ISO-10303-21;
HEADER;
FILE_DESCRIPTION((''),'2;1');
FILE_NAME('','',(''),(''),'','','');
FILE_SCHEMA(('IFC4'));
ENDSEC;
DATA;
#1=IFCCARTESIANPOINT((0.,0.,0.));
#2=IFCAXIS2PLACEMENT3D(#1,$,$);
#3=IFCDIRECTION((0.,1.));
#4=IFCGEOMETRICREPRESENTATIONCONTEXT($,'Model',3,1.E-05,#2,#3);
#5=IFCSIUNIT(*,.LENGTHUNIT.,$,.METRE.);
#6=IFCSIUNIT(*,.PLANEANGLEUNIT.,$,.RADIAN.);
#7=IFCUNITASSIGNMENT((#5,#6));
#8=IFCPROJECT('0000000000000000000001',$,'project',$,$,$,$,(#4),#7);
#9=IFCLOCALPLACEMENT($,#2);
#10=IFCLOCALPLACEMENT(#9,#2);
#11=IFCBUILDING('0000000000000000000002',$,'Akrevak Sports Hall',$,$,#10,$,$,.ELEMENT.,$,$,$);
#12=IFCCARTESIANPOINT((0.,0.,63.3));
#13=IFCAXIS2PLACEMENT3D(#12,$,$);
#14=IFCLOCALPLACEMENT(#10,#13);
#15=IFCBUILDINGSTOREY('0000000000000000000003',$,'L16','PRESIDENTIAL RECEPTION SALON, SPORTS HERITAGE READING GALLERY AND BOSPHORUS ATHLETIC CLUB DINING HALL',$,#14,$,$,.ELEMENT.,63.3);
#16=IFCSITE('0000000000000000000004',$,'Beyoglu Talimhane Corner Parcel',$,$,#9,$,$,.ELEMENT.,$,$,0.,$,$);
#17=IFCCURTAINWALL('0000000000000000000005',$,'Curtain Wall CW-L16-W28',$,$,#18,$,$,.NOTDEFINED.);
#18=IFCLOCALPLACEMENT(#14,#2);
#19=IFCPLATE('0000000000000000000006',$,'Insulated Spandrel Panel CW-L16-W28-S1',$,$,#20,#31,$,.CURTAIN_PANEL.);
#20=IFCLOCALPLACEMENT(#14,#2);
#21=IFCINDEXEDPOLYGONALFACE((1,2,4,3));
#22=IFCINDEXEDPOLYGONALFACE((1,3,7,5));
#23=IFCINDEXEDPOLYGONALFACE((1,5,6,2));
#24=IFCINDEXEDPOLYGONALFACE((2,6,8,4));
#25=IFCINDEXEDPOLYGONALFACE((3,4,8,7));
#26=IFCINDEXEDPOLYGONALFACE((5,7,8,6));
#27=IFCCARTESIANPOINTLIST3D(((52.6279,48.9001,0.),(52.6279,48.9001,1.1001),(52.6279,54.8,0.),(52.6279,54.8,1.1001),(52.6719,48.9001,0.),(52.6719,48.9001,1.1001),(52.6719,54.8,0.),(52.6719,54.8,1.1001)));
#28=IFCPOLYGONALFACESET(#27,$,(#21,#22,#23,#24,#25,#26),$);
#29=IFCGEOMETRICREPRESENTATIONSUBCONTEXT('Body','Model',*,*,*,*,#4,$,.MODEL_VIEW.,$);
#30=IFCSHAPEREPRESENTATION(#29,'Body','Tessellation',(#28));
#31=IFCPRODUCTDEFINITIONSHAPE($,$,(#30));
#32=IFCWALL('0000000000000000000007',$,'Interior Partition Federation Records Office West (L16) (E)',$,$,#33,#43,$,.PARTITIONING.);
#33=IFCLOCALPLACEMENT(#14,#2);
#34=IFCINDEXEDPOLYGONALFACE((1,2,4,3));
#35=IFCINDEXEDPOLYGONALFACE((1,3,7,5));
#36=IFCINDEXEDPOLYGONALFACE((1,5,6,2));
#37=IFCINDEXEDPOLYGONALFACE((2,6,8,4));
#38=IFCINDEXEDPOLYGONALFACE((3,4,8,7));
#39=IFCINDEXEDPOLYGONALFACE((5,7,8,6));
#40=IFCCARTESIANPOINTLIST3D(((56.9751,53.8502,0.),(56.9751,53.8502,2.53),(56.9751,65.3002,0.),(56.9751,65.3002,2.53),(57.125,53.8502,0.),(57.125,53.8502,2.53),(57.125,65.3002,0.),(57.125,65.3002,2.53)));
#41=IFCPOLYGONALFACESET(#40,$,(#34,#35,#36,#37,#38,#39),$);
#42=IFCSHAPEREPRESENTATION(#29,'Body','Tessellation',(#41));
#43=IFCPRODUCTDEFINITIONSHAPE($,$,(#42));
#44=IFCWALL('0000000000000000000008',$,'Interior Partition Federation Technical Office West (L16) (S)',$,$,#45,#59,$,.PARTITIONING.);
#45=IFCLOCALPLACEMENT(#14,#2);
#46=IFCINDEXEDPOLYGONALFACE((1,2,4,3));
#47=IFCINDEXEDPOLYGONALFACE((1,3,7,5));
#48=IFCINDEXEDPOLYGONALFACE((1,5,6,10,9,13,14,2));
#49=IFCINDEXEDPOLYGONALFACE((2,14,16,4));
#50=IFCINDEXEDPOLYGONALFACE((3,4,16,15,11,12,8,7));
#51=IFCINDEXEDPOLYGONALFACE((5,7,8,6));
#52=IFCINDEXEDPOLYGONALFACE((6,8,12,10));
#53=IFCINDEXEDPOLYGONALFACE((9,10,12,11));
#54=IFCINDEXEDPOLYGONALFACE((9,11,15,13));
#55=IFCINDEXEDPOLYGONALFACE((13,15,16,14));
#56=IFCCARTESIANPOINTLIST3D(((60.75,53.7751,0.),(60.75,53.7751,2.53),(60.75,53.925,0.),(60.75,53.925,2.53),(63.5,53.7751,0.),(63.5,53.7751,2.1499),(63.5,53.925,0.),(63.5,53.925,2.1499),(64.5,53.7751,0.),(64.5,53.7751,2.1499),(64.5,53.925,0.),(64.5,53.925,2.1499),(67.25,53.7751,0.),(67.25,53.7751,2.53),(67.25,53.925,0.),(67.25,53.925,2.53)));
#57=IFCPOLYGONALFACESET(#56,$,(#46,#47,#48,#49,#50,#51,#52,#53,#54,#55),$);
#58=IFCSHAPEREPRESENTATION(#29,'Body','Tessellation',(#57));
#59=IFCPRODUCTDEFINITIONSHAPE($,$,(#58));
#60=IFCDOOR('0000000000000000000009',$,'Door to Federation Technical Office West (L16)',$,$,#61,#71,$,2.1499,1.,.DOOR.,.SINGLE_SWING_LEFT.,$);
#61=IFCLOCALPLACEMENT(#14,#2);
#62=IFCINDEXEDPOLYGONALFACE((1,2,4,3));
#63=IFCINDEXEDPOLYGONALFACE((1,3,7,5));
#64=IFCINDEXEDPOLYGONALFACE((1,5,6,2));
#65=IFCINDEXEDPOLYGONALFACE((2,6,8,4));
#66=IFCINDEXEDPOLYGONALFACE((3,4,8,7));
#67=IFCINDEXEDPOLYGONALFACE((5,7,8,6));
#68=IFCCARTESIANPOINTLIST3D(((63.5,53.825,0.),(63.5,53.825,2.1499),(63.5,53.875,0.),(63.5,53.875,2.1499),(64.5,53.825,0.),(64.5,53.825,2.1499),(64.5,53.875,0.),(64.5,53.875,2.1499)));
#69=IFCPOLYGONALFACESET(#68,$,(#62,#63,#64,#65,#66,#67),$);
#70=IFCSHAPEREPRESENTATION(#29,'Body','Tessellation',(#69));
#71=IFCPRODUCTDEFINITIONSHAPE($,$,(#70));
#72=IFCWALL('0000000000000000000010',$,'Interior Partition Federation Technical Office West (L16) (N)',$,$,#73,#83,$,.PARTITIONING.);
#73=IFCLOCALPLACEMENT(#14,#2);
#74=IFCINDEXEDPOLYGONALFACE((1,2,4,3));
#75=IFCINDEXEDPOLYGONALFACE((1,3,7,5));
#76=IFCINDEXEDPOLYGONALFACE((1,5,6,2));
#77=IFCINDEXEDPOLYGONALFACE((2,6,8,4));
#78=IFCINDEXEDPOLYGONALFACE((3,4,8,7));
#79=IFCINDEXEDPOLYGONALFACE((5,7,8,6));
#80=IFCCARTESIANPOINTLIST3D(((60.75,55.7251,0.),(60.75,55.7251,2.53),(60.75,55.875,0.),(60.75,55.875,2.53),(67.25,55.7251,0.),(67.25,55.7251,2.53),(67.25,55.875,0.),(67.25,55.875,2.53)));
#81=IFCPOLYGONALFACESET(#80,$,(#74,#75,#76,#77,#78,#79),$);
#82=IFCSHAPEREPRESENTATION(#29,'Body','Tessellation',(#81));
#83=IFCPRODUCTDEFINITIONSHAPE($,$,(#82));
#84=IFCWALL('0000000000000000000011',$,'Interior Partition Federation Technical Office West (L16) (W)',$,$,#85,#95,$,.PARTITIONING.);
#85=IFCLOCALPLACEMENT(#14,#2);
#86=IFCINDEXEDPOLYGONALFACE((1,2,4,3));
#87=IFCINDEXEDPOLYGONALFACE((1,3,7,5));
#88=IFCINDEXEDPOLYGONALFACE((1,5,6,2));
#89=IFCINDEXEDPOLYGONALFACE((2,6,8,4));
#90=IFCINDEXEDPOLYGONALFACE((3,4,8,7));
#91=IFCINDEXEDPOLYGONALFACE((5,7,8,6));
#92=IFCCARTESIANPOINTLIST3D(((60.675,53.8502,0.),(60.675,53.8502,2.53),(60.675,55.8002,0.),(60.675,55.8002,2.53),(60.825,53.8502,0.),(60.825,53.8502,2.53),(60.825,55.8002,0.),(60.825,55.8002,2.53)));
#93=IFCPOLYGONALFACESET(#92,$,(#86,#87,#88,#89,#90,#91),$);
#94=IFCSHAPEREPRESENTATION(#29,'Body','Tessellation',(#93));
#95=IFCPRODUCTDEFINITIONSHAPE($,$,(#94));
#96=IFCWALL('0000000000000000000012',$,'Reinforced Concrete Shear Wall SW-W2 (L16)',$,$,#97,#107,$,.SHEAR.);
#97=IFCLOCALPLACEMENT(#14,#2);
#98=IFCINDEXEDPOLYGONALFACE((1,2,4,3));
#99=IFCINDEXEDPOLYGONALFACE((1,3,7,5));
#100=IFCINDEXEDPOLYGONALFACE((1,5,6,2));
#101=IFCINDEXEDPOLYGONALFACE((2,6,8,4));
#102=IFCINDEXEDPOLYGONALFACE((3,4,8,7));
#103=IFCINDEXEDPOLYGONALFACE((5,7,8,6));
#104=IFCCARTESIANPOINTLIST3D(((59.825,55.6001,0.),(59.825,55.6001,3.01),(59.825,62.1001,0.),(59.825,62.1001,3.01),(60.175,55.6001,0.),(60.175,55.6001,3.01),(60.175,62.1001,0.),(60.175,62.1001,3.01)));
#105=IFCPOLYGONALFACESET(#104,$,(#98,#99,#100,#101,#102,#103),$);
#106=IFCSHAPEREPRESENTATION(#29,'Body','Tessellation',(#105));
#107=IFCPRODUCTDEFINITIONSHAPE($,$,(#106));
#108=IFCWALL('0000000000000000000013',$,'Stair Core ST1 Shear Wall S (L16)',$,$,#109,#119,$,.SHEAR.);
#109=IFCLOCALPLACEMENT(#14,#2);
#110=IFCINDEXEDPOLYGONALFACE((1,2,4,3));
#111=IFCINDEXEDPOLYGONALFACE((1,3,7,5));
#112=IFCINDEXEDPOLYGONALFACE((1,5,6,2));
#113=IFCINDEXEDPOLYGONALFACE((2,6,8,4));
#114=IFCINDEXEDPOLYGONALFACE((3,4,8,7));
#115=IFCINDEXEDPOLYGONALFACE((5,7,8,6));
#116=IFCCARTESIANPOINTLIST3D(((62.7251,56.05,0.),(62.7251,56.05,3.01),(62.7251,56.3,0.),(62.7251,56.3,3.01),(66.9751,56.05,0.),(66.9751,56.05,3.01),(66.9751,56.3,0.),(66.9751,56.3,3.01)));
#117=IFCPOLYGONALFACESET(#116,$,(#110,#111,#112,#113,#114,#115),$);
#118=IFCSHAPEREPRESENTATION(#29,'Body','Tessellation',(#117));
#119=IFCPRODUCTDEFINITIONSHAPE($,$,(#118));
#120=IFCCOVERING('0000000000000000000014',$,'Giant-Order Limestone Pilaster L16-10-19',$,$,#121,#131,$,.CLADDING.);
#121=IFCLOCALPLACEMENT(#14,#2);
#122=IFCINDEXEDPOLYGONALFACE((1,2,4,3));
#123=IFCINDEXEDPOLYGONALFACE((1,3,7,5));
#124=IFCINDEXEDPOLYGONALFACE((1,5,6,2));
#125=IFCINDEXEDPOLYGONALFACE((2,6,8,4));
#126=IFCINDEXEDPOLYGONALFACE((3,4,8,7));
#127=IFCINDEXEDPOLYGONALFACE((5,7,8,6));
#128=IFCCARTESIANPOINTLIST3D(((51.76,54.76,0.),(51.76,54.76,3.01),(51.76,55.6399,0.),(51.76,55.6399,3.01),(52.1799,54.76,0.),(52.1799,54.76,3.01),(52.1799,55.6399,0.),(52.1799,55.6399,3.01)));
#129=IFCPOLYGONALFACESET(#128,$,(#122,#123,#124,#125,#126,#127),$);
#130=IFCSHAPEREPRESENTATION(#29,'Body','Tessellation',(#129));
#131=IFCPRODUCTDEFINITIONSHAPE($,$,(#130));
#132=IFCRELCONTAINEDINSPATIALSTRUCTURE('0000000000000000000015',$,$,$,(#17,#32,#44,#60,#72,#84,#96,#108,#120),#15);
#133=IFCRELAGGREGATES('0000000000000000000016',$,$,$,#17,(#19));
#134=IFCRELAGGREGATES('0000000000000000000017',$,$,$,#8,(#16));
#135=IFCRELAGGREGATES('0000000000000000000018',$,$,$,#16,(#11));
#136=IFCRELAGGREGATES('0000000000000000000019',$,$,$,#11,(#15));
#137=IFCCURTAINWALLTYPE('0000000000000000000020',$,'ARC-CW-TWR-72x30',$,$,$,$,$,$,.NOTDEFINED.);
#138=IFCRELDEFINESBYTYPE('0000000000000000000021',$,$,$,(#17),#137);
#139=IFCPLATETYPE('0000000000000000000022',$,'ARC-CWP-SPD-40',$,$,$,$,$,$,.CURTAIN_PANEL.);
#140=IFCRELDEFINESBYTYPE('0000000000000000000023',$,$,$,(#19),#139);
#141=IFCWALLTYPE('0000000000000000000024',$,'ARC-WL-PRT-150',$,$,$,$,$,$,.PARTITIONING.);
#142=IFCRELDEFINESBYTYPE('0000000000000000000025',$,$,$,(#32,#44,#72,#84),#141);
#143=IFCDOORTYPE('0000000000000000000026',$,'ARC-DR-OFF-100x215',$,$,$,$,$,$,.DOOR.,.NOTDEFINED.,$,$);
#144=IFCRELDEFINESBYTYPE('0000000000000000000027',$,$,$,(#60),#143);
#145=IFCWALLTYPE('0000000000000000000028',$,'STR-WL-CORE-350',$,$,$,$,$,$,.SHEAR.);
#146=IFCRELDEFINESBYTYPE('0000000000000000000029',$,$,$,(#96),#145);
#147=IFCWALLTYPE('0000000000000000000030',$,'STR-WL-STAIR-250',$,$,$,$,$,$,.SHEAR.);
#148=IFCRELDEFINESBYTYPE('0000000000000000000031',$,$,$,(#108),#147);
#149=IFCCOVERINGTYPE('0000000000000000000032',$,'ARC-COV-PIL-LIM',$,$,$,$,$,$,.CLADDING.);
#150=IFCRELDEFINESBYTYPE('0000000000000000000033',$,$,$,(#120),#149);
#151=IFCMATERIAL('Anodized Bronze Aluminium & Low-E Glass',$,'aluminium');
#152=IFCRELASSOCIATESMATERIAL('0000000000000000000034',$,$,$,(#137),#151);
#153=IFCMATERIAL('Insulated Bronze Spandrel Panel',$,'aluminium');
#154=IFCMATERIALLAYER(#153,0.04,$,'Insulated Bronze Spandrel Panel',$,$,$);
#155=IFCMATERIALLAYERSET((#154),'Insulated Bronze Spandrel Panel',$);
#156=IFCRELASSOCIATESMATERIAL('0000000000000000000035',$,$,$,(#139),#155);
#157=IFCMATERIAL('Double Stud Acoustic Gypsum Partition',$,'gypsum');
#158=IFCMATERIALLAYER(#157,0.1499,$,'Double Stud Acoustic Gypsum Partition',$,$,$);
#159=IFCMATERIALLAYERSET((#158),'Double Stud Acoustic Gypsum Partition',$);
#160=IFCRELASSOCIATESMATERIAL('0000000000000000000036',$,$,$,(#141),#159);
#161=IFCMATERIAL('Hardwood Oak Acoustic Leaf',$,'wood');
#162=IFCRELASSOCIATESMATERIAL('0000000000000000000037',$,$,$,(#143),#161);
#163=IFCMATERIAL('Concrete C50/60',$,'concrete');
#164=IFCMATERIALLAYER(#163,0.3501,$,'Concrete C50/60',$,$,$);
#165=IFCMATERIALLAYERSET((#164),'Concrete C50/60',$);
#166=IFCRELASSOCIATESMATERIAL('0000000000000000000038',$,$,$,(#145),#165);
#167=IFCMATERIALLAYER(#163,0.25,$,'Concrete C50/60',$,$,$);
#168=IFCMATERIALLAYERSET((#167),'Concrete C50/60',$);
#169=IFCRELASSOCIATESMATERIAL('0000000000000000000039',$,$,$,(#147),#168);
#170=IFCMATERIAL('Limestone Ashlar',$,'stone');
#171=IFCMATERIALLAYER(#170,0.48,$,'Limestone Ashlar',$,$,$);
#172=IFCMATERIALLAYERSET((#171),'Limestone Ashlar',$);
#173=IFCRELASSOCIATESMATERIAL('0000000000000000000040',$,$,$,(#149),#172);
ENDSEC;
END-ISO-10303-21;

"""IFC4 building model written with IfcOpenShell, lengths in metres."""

from ifc_helpers import new_model, si_unit, direction, frame, frame_2d, origin, origin_2d, place, context, subcontext, project, spatial, rectangle, extrude, material, layer, layer_set, type_object, element, fill, aggregate, save


model = new_model("IFC4")

# Units and contexts
model_context = context("Model", 3, precision=1e-05, world=origin(), true_north=direction((0.0, 1.0)))
body_context = subcontext(model_context, "Body", "Model", "MODEL_VIEW")
ifc_project = project(units=[si_unit("LENGTHUNIT", "METRE"), si_unit("PLANEANGLEUNIT", "RADIAN")], contexts=[model_context])

# Site, building, storey
site_placement = place(None, origin())
site = spatial("IfcSite", under=ifc_project, at=site_placement, Name="Beyoglu Talimhane Corner Parcel", CompositionType="ELEMENT", RefElevation=0.0)
building_placement = place(site_placement, origin())
building = spatial("IfcBuilding", under=site, at=building_placement, Name="Akrevak Sports Hall", CompositionType="ELEMENT")
storey_placement = place(building_placement, frame((0.0, 0.0, 63.3)))
storey = spatial("IfcBuildingStorey", under=building, at=storey_placement, Name="L16", Description="PRESIDENTIAL RECEPTION SALON, SPORTS HERITAGE READING GALLERY AND BOSPHORUS ATHLETIC CLUB DINING HALL", CompositionType="ELEMENT", Elevation=63.3)

# Curtain wall
ifc_material_1 = material(Name="Anodized Bronze Aluminium & Low-E Glass", Category="aluminium")
curtain_wall_type = type_object("IfcCurtainWallType", Name="ARC-CW-TWR-72x30", PredefinedType="NOTDEFINED", material=ifc_material_1)
curtain_wall_placement = place(storey_placement, origin())
curtain_wall = element("IfcCurtainWall", 1, at=curtain_wall_placement, inside=storey, type_object=curtain_wall_type, Name="Curtain Wall CW-L16-W28", PredefinedType="NOTDEFINED")

# Plate
ifc_material_2 = material(Name="Insulated Bronze Spandrel Panel", Category="aluminium")
ifc_layer_1 = layer(ifc_material_2, 0.04, Name="Insulated Bronze Spandrel Panel")
ifc_layer_set_1 = layer_set([ifc_layer_1], Name="Insulated Bronze Spandrel Panel")
plate_type_1 = type_object("IfcPlateType", Name="ARC-CWP-SPD-40", PredefinedType="CURTAIN_PANEL", material=ifc_layer_set_1)
plate_1_placement = place(storey_placement, frame((52.6499, 51.8501, 0.0), z_axis=(0.0, 0.0, 1.0), x_axis=(0.0, -1.0, 0.0)))
plate_1 = element("IfcPlate", 2, at=plate_1_placement, type_object=plate_type_1, Name="Insulated Spandrel Panel CW-L16-W28-S1", PredefinedType="CURTAIN_PANEL", context=body_context, shape_type="SweptSolid", body=[
    extrude(rectangle(XDim=5.8999, YDim=0.0439, at=origin_2d()), origin(), (0.0, 0.0, 1.0), 1.1001),
])
aggregate(curtain_wall, [plate_1])

# Shared definitions
ifc_material_3 = material(Name="Double Stud Acoustic Gypsum Partition", Category="gypsum")
ifc_layer_2 = layer(ifc_material_3, 0.1499, Name="Double Stud Acoustic Gypsum Partition")
ifc_layer_set_2 = layer_set([ifc_layer_2], Name="Double Stud Acoustic Gypsum Partition")
wall_type_1 = type_object("IfcWallType", Name="ARC-WL-PRT-150", PredefinedType="PARTITIONING", material=ifc_layer_set_2)
ifc_material_4 = material(Name="Hardwood Oak Acoustic Leaf", Category="wood")
door_type = type_object("IfcDoorType", Name="ARC-DR-OFF-100x215", OperationType="NOTDEFINED", PredefinedType="DOOR", material=ifc_material_4)

# Wall
wall_1_placement = place(storey_placement, frame((57.05, 53.8501, 0.0), z_axis=(0.0, 0.0, 1.0), x_axis=(0.0, 1.0, 0.0)))
element("IfcWall", 3, at=wall_1_placement, inside=storey, type_object=wall_type_1, Name="Interior Partition Federation Records Office West (L16) (E)", PredefinedType="PARTITIONING", context=body_context, shape_type="SweptSolid", body=[
    extrude(rectangle(XDim=11.45, YDim=0.1499, at=frame_2d((5.7251, 0.0))), origin(), (0.0, 0.0, 1.0), 2.53),
])

# Wall, opening, door
wall_2_placement = place(storey_placement, frame((60.75, 53.8501, 0.0), z_axis=(0.0, 0.0, 1.0), x_axis=(1.0, 0.0, 0.0)))
wall_2 = element("IfcWall", 4, at=wall_2_placement, inside=storey, type_object=wall_type_1, Name="Interior Partition Federation Technical Office West (L16) (S)", PredefinedType="PARTITIONING", context=body_context, shape_type="SweptSolid", body=[
    extrude(rectangle(XDim=6.5, YDim=0.1499, at=frame_2d((3.25, 0.0))), origin(), (0.0, 0.0, 1.0), 2.53),
])
opening_1_placement = place(wall_2_placement, frame((2.75, 0.0, 0.0)))
opening_1 = element("IfcOpeningElement", 5, at=opening_1_placement, cuts=wall_2, PredefinedType="OPENING", context=body_context, shape_type="SweptSolid", body=[
    extrude(rectangle(XDim=1.0, YDim=2.1499, at=frame_2d((0.5, 1.075))), frame((0.0, 0.0869, 0.0), z_axis=(0.0, -1.0, 0.0), x_axis=(1.0, 0.0, 0.0)), (0.0, 0.0, 1.0), 0.1738),
])
door_1_placement = place(opening_1_placement, origin())
door_1 = element("IfcDoor", 6, at=door_1_placement, inside=storey, type_object=door_type, Name="Door to Federation Technical Office West (L16)", OperationType="SINGLE_SWING_LEFT", OverallHeight=2.1499, OverallWidth=1.0, PredefinedType="DOOR", context=body_context, shape_type="SweptSolid", body=[
    extrude(rectangle(XDim=1.0, YDim=2.1499, at=frame_2d((0.5, 1.075))), frame((0.0, 0.0249, 0.0), z_axis=(0.0, -1.0, 0.0), x_axis=(1.0, 0.0, 0.0)), (0.0, 0.0, 1.0), 0.05),
])
fill(opening_1, door_1)

# Walls
wall_3_placement = place(storey_placement, frame((60.75, 55.8, 0.0), z_axis=(0.0, 0.0, 1.0), x_axis=(1.0, 0.0, 0.0)))
element("IfcWall", 7, at=wall_3_placement, inside=storey, type_object=wall_type_1, Name="Interior Partition Federation Technical Office West (L16) (N)", PredefinedType="PARTITIONING", context=body_context, shape_type="SweptSolid", body=[
    extrude(rectangle(XDim=6.5, YDim=0.1499, at=frame_2d((3.25, 0.0))), origin(), (0.0, 0.0, 1.0), 2.53),
])
wall_4_placement = place(storey_placement, frame((60.75, 53.8501, 0.0), z_axis=(0.0, 0.0, 1.0), x_axis=(0.0, 1.0, 0.0)))
element("IfcWall", 8, at=wall_4_placement, inside=storey, type_object=wall_type_1, Name="Interior Partition Federation Technical Office West (L16) (W)", PredefinedType="PARTITIONING", context=body_context, shape_type="SweptSolid", body=[
    extrude(rectangle(XDim=1.95, YDim=0.1499, at=frame_2d((0.9751, 0.0))), origin(), (0.0, 0.0, 1.0), 2.53),
])
ifc_material_5 = material(Name="Concrete C50/60", Category="concrete")
ifc_layer_3 = layer(ifc_material_5, 0.3501, Name="Concrete C50/60")
ifc_layer_set_3 = layer_set([ifc_layer_3], Name="Concrete C50/60")
wall_type_2 = type_object("IfcWallType", Name="STR-WL-CORE-350", PredefinedType="SHEAR", material=ifc_layer_set_3)
wall_5_placement = place(storey_placement, frame((60.0, 55.6001, 0.0), z_axis=(0.0, 0.0, 1.0), x_axis=(0.0, 1.0, 0.0)))
element("IfcWall", 9, at=wall_5_placement, inside=storey, type_object=wall_type_2, Name="Reinforced Concrete Shear Wall SW-W2 (L16)", PredefinedType="SHEAR", context=body_context, shape_type="SweptSolid", body=[
    extrude(rectangle(XDim=6.5, YDim=0.3501, at=frame_2d((3.25, 0.0))), origin(), (0.0, 0.0, 1.0), 3.01),
])
ifc_layer_4 = layer(ifc_material_5, 0.25, Name="Concrete C50/60")
ifc_layer_set_4 = layer_set([ifc_layer_4], Name="Concrete C50/60")
wall_type_3 = type_object("IfcWallType", Name="STR-WL-STAIR-250", PredefinedType="SHEAR", material=ifc_layer_set_4)
wall_6_placement = place(storey_placement, frame((62.7251, 56.175, 0.0), z_axis=(0.0, 0.0, 1.0), x_axis=(1.0, 0.0, 0.0)))
element("IfcWall", 10, at=wall_6_placement, inside=storey, type_object=wall_type_3, Name="Stair Core ST1 Shear Wall S (L16)", PredefinedType="SHEAR", context=body_context, shape_type="SweptSolid", body=[
    extrude(rectangle(XDim=4.25, YDim=0.25, at=frame_2d((2.125, 0.0))), origin(), (0.0, 0.0, 1.0), 3.01),
])

# Covering
ifc_material_6 = material(Name="Limestone Ashlar", Category="stone")
ifc_layer_5 = layer(ifc_material_6, 0.48, Name="Limestone Ashlar")
ifc_layer_set_5 = layer_set([ifc_layer_5], Name="Limestone Ashlar")
covering_type = type_object("IfcCoveringType", Name="ARC-COV-PIL-LIM", PredefinedType="CLADDING", material=ifc_layer_set_5)
covering_placement = place(storey_placement, frame((51.97, 55.2, 0.0), z_axis=(0.0, 0.0, 1.0), x_axis=(0.0, -1.0, 0.0)))
element("IfcCovering", 11, at=covering_placement, inside=storey, type_object=covering_type, Name="Giant-Order Limestone Pilaster L16-10-19", PredefinedType="CLADDING", context=body_context, shape_type="SweptSolid", body=[
    extrude(rectangle(XDim=0.8799, YDim=0.4199, at=origin_2d()), origin(), (0.0, 0.0, 1.0), 3.01),
])

save(model, "model.ifc")
